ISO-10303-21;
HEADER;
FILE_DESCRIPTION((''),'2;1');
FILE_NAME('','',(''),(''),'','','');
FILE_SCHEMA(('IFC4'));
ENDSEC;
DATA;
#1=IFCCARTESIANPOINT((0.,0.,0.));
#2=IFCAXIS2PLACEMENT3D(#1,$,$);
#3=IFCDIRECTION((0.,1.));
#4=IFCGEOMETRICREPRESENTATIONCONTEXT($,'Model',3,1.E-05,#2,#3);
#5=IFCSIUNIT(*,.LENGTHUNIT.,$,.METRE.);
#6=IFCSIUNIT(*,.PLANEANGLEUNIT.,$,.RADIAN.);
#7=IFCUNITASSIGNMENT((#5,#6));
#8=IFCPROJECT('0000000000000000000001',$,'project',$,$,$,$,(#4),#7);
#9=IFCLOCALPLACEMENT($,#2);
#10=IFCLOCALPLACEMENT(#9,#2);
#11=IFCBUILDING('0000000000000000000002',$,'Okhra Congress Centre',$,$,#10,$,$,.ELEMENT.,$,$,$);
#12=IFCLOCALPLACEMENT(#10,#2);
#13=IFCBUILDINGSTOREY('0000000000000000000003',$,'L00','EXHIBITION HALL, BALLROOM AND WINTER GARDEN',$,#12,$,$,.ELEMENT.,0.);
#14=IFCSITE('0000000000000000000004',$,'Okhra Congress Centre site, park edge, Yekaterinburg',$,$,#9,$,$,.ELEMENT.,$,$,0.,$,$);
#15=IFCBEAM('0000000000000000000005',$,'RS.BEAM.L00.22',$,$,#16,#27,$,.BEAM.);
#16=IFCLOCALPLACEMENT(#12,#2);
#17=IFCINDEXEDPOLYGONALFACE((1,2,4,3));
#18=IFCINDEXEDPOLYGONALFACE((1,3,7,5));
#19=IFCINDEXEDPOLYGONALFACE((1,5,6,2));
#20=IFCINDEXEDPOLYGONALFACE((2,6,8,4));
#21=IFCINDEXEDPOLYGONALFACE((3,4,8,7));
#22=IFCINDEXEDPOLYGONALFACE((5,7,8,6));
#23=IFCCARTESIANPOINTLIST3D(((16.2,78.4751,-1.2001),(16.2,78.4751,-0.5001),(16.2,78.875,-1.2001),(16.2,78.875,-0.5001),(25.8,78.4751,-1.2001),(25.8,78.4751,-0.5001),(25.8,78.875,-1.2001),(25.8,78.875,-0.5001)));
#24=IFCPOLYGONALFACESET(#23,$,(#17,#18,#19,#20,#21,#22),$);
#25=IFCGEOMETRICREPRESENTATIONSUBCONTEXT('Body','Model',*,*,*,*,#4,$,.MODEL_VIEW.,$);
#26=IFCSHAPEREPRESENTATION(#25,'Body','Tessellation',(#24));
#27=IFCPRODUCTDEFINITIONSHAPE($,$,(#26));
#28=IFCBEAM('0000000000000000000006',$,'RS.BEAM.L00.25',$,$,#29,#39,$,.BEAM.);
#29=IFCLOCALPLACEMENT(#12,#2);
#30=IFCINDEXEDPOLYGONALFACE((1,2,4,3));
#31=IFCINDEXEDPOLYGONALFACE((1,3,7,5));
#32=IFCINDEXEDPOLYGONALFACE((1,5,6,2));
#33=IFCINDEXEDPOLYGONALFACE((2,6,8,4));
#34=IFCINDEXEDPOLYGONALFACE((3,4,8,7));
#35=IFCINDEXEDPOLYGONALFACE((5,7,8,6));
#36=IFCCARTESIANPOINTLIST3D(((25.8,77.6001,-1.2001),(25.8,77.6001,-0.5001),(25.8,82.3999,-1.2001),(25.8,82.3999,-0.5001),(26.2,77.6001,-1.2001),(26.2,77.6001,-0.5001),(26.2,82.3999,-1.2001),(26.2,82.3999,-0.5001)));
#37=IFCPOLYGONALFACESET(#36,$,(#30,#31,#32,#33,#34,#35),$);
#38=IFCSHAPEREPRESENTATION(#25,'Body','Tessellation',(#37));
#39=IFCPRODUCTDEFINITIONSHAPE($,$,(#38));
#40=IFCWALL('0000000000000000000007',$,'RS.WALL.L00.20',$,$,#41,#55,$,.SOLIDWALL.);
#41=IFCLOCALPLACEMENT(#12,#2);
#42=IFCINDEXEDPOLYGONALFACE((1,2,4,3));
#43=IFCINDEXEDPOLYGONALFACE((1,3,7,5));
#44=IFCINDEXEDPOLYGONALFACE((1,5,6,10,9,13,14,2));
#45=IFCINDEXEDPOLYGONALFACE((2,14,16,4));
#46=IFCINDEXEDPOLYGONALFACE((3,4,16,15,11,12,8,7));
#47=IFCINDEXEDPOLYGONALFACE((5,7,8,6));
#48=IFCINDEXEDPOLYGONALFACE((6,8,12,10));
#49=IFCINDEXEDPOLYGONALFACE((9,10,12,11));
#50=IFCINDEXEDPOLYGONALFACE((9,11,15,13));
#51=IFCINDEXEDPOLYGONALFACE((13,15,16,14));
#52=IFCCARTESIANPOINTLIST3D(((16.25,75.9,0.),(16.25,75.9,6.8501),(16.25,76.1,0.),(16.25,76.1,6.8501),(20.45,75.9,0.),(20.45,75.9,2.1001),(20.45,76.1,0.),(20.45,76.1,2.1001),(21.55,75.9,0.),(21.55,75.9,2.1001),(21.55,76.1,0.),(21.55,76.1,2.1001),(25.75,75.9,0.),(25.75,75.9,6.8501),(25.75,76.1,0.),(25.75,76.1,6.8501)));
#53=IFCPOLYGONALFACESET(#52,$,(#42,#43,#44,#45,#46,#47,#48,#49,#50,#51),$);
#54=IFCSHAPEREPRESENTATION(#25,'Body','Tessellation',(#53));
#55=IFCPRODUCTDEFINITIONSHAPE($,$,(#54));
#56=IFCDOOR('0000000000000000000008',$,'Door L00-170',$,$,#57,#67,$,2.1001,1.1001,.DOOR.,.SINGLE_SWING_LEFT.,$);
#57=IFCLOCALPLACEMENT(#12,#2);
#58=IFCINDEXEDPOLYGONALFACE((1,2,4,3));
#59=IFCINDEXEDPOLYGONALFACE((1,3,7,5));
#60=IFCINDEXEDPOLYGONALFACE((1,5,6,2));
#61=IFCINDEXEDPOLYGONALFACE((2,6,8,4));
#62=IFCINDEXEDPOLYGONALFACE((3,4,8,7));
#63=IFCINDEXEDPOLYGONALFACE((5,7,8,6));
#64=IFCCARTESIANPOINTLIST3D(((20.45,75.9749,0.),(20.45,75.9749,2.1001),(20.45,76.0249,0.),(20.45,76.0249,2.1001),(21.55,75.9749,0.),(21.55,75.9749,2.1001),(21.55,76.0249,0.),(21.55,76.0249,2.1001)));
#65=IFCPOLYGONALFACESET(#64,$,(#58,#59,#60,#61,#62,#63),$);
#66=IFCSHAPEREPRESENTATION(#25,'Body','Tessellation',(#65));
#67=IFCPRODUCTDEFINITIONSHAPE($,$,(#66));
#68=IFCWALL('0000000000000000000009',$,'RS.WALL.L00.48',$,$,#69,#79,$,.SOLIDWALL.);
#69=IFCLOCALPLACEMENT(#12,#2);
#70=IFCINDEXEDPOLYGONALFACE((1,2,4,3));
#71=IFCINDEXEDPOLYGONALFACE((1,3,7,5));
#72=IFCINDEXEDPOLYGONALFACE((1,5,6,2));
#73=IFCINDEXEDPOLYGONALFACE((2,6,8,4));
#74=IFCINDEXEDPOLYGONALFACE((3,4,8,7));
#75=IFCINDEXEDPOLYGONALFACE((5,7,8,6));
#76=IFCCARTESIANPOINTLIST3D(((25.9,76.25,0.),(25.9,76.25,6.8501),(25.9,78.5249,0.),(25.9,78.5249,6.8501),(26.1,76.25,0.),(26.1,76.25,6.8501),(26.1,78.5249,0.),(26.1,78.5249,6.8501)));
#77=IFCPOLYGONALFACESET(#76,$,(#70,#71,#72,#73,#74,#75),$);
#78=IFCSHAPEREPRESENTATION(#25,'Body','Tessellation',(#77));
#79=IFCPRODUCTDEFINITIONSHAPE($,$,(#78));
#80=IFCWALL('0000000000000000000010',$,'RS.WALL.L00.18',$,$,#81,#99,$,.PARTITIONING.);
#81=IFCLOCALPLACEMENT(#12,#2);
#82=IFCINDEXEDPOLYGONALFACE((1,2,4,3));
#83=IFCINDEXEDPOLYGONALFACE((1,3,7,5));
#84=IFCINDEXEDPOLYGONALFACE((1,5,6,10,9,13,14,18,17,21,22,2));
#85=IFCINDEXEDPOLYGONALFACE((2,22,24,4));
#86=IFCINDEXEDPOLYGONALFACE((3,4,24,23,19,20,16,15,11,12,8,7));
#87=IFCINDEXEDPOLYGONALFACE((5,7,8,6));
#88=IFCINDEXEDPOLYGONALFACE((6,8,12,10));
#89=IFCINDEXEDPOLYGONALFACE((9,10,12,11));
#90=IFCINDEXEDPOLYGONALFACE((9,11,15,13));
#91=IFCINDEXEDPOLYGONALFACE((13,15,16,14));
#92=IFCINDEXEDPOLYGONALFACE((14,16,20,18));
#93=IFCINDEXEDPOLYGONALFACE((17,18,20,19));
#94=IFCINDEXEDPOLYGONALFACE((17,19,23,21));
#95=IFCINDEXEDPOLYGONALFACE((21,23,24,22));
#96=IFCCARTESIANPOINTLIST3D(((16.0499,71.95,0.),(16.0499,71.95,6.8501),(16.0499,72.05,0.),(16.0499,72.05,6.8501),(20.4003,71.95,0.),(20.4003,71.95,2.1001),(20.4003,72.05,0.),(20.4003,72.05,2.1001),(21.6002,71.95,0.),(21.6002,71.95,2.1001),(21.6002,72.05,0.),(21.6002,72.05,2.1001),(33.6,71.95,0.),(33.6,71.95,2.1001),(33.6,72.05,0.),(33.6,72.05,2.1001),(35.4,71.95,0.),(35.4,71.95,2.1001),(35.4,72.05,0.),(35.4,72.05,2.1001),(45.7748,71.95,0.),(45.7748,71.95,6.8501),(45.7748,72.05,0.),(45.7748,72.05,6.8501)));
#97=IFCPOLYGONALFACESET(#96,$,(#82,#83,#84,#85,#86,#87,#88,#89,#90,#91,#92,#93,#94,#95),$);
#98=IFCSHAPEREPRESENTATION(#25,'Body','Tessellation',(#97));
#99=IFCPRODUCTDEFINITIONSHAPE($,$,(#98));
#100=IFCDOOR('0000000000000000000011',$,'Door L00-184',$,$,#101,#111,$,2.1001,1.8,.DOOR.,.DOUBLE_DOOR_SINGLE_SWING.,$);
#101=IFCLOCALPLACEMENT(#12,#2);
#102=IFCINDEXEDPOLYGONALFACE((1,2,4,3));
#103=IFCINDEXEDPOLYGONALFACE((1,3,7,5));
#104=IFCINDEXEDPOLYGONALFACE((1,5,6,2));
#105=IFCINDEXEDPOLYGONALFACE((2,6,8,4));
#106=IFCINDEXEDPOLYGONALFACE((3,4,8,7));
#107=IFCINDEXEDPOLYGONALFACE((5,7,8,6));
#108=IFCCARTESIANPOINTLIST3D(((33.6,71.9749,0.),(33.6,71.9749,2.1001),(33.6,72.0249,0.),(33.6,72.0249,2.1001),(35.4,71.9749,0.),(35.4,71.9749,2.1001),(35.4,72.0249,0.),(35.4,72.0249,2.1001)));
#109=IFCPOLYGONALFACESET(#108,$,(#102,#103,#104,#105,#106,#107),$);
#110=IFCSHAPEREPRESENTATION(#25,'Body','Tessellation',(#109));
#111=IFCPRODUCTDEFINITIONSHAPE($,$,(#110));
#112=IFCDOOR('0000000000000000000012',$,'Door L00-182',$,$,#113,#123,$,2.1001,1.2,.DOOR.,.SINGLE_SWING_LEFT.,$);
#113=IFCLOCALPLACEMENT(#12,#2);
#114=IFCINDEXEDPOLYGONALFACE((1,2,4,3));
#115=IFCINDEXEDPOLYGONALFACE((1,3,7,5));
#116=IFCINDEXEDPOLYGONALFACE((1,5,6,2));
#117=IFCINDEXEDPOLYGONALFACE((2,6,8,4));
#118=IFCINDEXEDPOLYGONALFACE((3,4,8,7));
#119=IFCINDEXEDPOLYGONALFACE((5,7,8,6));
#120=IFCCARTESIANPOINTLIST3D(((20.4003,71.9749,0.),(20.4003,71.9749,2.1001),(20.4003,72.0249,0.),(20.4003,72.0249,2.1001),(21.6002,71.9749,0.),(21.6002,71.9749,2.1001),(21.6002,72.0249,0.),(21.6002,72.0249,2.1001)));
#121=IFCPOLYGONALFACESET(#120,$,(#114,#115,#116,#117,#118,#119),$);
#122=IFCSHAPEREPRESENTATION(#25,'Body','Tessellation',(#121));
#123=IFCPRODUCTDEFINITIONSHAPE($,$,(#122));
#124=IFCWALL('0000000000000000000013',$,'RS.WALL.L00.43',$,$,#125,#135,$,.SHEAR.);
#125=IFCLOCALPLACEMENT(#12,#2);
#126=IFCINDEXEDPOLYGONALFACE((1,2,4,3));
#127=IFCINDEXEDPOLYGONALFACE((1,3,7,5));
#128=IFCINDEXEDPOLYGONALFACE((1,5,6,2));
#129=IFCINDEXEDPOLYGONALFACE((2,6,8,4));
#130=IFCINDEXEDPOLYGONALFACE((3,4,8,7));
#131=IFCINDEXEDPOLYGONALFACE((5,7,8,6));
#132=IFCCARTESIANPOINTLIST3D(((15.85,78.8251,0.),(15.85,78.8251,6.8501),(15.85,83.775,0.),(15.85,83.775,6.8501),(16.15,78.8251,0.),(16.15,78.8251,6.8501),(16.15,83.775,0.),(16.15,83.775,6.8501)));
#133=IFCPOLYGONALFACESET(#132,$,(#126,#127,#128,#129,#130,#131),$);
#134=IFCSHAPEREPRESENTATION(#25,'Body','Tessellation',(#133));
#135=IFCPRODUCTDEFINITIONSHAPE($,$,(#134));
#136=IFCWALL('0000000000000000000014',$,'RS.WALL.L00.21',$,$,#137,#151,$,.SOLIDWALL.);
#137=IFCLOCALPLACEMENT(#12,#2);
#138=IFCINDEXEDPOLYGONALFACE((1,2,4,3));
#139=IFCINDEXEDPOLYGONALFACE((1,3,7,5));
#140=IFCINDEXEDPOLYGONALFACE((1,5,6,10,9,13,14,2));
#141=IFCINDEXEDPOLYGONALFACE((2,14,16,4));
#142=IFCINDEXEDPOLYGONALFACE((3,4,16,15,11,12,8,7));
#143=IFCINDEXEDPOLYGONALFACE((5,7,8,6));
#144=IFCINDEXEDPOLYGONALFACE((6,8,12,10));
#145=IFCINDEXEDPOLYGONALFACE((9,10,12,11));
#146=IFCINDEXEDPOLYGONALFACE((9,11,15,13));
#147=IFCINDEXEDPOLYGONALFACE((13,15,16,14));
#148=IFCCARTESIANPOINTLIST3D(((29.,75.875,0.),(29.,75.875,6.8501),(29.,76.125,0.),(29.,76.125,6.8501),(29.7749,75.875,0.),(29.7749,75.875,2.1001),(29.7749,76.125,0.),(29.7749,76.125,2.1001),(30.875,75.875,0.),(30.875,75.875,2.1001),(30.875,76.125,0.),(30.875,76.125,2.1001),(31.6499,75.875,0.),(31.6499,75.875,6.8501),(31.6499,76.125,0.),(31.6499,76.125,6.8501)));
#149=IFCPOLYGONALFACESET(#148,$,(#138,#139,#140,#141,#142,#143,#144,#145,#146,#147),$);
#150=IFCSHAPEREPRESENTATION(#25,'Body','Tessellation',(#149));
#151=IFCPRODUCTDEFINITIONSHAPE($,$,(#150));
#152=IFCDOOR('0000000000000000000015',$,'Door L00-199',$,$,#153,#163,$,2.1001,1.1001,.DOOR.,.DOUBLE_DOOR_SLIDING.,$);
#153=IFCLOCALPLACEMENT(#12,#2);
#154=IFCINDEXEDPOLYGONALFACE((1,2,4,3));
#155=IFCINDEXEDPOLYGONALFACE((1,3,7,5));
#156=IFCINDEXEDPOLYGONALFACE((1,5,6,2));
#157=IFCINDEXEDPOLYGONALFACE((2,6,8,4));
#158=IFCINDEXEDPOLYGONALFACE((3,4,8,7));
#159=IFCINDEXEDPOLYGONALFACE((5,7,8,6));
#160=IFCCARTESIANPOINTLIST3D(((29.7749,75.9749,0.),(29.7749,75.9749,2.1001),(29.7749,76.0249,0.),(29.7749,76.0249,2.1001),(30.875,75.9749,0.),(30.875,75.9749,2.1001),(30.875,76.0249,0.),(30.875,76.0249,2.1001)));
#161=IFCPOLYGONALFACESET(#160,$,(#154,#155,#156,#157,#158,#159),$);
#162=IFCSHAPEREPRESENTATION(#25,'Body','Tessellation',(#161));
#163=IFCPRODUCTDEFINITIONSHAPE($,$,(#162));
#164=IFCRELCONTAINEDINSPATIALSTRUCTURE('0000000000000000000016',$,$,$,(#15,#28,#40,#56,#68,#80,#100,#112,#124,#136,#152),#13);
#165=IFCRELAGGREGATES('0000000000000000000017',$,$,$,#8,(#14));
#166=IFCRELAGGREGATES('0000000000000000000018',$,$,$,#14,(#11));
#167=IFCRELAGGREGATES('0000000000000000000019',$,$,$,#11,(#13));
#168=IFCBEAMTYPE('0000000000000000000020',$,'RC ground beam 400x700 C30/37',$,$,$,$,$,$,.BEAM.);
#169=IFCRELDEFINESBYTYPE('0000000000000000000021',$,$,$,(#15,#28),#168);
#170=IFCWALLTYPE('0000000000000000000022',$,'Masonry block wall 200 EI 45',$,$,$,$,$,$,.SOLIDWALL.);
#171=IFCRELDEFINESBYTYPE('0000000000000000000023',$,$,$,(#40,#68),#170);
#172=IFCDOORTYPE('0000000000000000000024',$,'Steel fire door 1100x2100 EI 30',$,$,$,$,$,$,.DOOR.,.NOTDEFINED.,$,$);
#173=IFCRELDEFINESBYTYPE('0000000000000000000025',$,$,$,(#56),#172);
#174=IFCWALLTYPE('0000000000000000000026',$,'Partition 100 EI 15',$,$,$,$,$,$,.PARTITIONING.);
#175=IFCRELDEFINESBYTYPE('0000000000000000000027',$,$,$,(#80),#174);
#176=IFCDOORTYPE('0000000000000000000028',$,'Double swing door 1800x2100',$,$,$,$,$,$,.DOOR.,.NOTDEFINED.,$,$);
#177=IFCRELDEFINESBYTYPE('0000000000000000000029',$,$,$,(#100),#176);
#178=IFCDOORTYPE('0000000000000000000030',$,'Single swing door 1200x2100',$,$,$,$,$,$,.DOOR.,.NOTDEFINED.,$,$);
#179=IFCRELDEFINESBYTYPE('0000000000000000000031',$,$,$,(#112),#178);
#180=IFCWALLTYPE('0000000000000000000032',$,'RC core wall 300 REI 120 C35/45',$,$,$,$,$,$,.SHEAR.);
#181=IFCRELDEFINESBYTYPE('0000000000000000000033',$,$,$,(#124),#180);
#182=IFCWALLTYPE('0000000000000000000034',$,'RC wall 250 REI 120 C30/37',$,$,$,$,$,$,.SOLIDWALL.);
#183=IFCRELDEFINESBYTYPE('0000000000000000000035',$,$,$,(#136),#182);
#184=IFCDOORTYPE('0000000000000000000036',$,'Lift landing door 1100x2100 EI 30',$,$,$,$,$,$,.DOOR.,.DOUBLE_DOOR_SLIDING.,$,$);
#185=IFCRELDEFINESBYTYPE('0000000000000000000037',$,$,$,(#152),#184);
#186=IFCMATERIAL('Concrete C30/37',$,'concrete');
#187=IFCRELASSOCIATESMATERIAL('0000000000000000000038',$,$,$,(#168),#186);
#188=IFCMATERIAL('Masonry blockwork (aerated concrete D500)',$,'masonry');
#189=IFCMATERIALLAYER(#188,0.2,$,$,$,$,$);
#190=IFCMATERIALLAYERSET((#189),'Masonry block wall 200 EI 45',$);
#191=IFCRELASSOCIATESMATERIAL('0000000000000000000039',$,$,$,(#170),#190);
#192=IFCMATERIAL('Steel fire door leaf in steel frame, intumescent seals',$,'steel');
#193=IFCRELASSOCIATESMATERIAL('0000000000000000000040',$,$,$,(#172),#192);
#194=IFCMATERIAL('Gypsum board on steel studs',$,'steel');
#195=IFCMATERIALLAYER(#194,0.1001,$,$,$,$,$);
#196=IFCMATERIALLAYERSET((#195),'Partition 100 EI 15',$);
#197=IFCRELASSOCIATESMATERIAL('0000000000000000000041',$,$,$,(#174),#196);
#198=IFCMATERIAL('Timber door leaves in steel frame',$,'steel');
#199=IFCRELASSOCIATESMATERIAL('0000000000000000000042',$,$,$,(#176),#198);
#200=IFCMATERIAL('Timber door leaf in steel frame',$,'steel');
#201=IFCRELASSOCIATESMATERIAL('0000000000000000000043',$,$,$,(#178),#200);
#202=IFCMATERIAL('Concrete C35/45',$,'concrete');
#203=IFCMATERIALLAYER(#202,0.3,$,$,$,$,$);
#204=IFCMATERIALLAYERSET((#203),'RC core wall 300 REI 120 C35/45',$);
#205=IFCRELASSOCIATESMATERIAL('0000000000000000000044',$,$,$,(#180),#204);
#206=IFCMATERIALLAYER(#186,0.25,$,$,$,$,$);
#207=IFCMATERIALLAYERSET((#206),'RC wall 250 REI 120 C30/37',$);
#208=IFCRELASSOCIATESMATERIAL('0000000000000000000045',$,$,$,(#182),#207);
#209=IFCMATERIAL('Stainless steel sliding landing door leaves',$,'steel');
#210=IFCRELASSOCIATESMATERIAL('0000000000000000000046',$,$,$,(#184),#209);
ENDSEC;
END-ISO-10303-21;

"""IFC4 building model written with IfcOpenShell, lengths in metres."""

from ifc_helpers import new_model, si_unit, direction, frame, frame_2d, origin, origin_2d, place, context, subcontext, project, spatial, rectangle, extrude, material, layer, layer_set, material_profile, profile_set, type_object, element, fill, save


model = new_model("IFC4")

# Units and contexts
model_context = context("Model", 3, precision=1e-05, world=origin(), true_north=direction((0.0, 1.0)))
body_context = subcontext(model_context, "Body", "Model", "MODEL_VIEW")
ifc_project = project(units=[si_unit("LENGTHUNIT", "METRE"), si_unit("PLANEANGLEUNIT", "RADIAN")], contexts=[model_context])

# Site, building, storey
site_placement = place(None, origin())
site = spatial("IfcSite", under=ifc_project, at=site_placement, Name="Okhra Congress Centre site, park edge, Yekaterinburg", CompositionType="ELEMENT", RefElevation=0.0)
building_placement = place(site_placement, origin())
building = spatial("IfcBuilding", under=site, at=building_placement, Name="Okhra Congress Centre", CompositionType="ELEMENT")
storey_placement = place(building_placement, origin())
storey = spatial("IfcBuildingStorey", under=building, at=storey_placement, Name="L00", Description="EXHIBITION HALL, BALLROOM AND WINTER GARDEN", CompositionType="ELEMENT", Elevation=0.0)

# Shared definitions
ifc_material_1 = material(Name="Concrete C30/37", Category="concrete")

# Shared definitions
ifc_material_2 = material(Name="Concrete C35/45", Category="concrete")

# Beams
ifc_material_profile_1 = material_profile(ifc_material_1, rectangle(XDim=0.3999, YDim=0.7, at=origin_2d()), Name="RC 400x700")
ifc_profile_set_1 = profile_set([ifc_material_profile_1], Name="Concrete C30/37")
beam_type = type_object("IfcBeamType", Name="RC ground beam 400x700 C30/37", PredefinedType="BEAM", material=ifc_profile_set_1)
beam_1_placement = place(storey_placement, frame((16.2, 78.675, -0.8501), z_axis=(1.0, 0.0, 0.0), x_axis=(0.0, 1.0, 0.0)))
element("IfcBeam", 1, at=beam_1_placement, inside=storey, type_object=beam_type, Name="RS.BEAM.L00.22", PredefinedType="BEAM", context=body_context, shape_type="SweptSolid", body=[
    extrude(rectangle(XDim=0.3999, YDim=0.7, at=origin_2d()), origin(), (0.0, 0.0, 1.0), 9.6001),
])
beam_2_placement = place(storey_placement, frame((26.0, 77.6001, -0.8501), z_axis=(0.0, 1.0, 0.0), x_axis=(-1.0, 0.0, 0.0)))
element("IfcBeam", 2, at=beam_2_placement, inside=storey, type_object=beam_type, Name="RS.BEAM.L00.25", PredefinedType="BEAM", context=body_context, shape_type="SweptSolid", body=[
    extrude(rectangle(XDim=0.3999, YDim=0.7, at=origin_2d()), origin(), (0.0, 0.0, 1.0), 4.7998),
])

# Wall, opening, door
ifc_material_3 = material(Name="Masonry blockwork (aerated concrete D500)", Category="masonry")
ifc_layer_1 = layer(ifc_material_3, 0.2)
ifc_layer_set_1 = layer_set([ifc_layer_1], Name="Masonry block wall 200 EI 45")
wall_type_1 = type_object("IfcWallType", Name="Masonry block wall 200 EI 45", PredefinedType="SOLIDWALL", material=ifc_layer_set_1)
wall_1_placement = place(storey_placement, frame((16.25, 76.0, 0.0), z_axis=(0.0, 0.0, 1.0), x_axis=(1.0, 0.0, 0.0)))
wall_1 = element("IfcWall", 3, at=wall_1_placement, inside=storey, type_object=wall_type_1, Name="RS.WALL.L00.20", PredefinedType="SOLIDWALL", context=body_context, shape_type="SweptSolid", body=[
    extrude(rectangle(XDim=9.5, YDim=0.2, at=frame_2d((4.75, 0.0))), origin(), (0.0, 0.0, 1.0), 6.8501),
])
opening_1_placement = place(wall_1_placement, frame((4.2, 0.0, 0.0)))
opening_1 = element("IfcOpeningElement", 4, at=opening_1_placement, cuts=wall_1, PredefinedType="OPENING", context=body_context, shape_type="SweptSolid", body=[
    extrude(rectangle(XDim=1.1001, YDim=2.1001, at=frame_2d((0.55, 1.05))), frame((0.0, 0.1099, 0.0), z_axis=(0.0, -1.0, 0.0), x_axis=(1.0, 0.0, 0.0)), (0.0, 0.0, 1.0), 0.22),
])
ifc_material_4 = material(Name="Steel fire door leaf in steel frame, intumescent seals", Category="steel")
door_type_1 = type_object("IfcDoorType", Name="Steel fire door 1100x2100 EI 30", OperationType="NOTDEFINED", PredefinedType="DOOR", material=ifc_material_4)
door_1_placement = place(opening_1_placement, origin())
door_1 = element("IfcDoor", 5, at=door_1_placement, inside=storey, type_object=door_type_1, Name="Door L00-170", OperationType="SINGLE_SWING_LEFT", OverallHeight=2.1001, OverallWidth=1.1001, PredefinedType="DOOR", context=body_context, shape_type="SweptSolid", body=[
    extrude(rectangle(XDim=1.1001, YDim=2.1001, at=frame_2d((0.55, 1.05))), frame((0.0, 0.0249, 0.0), z_axis=(0.0, -1.0, 0.0), x_axis=(1.0, 0.0, 0.0)), (0.0, 0.0, 1.0), 0.05),
])
fill(opening_1, door_1)

# Wall
wall_2_placement = place(storey_placement, frame((26.0, 76.25, 0.0), z_axis=(0.0, 0.0, 1.0), x_axis=(0.0, 1.0, 0.0)))
element("IfcWall", 6, at=wall_2_placement, inside=storey, type_object=wall_type_1, Name="RS.WALL.L00.48", PredefinedType="SOLIDWALL", context=body_context, shape_type="SweptSolid", body=[
    extrude(rectangle(XDim=2.2749, YDim=0.2, at=frame_2d((1.1375, 0.0))), origin(), (0.0, 0.0, 1.0), 6.8501),
])

# Wall, openings, doors
ifc_material_5 = material(Name="Gypsum board on steel studs", Category="steel")
ifc_layer_2 = layer(ifc_material_5, 0.1001)
ifc_layer_set_2 = layer_set([ifc_layer_2], Name="Partition 100 EI 15")
wall_type_2 = type_object("IfcWallType", Name="Partition 100 EI 15", PredefinedType="PARTITIONING", material=ifc_layer_set_2)
wall_3_placement = place(storey_placement, frame((16.05, 72.0, 0.0), z_axis=(0.0, 0.0, 1.0), x_axis=(1.0, 0.0, 0.0)))
wall_3 = element("IfcWall", 7, at=wall_3_placement, inside=storey, type_object=wall_type_2, Name="RS.WALL.L00.18", PredefinedType="PARTITIONING", context=body_context, shape_type="SweptSolid", body=[
    extrude(rectangle(XDim=29.7249, YDim=0.1001, at=frame_2d((14.8623, 0.0))), origin(), (0.0, 0.0, 1.0), 6.8501),
])
opening_2_placement = place(wall_3_placement, frame((4.3501, 0.0, 0.0)))
opening_2 = element("IfcOpeningElement", 8, at=opening_2_placement, cuts=wall_3, PredefinedType="OPENING", context=body_context, shape_type="SweptSolid", body=[
    extrude(rectangle(XDim=1.2, YDim=2.1001, at=frame_2d((0.6001, 1.05))), frame((0.0, 0.0601, 0.0), z_axis=(0.0, -1.0, 0.0), x_axis=(1.0, 0.0, 0.0)), (0.0, 0.0, 1.0), 0.1201),
])
opening_3_placement = place(wall_3_placement, frame((17.55, 0.0, 0.0)))
opening_3 = element("IfcOpeningElement", 9, at=opening_3_placement, cuts=wall_3, PredefinedType="OPENING", context=body_context, shape_type="SweptSolid", body=[
    extrude(rectangle(XDim=1.8, YDim=2.1001, at=frame_2d((0.8999, 1.05))), frame((0.0, 0.0601, 0.0), z_axis=(0.0, -1.0, 0.0), x_axis=(1.0, 0.0, 0.0)), (0.0, 0.0, 1.0), 0.1201),
])
ifc_material_6 = material(Name="Timber door leaves in steel frame", Category="steel")
door_type_2 = type_object("IfcDoorType", Name="Double swing door 1800x2100", OperationType="NOTDEFINED", PredefinedType="DOOR", material=ifc_material_6)
door_2_placement = place(opening_3_placement, origin())
door_2 = element("IfcDoor", 10, at=door_2_placement, inside=storey, type_object=door_type_2, Name="Door L00-184", OperationType="DOUBLE_DOOR_SINGLE_SWING", OverallHeight=2.1001, OverallWidth=1.8, PredefinedType="DOOR", context=body_context, shape_type="SweptSolid", body=[
    extrude(rectangle(XDim=1.8, YDim=2.1001, at=frame_2d((0.8999, 1.05))), frame((0.0, 0.0249, 0.0), z_axis=(0.0, -1.0, 0.0), x_axis=(1.0, 0.0, 0.0)), (0.0, 0.0, 1.0), 0.05),
])
fill(opening_3, door_2)
ifc_material_7 = material(Name="Timber door leaf in steel frame", Category="steel")
door_type_3 = type_object("IfcDoorType", Name="Single swing door 1200x2100", OperationType="NOTDEFINED", PredefinedType="DOOR", material=ifc_material_7)
door_3_placement = place(opening_2_placement, origin())
door_3 = element("IfcDoor", 11, at=door_3_placement, inside=storey, type_object=door_type_3, Name="Door L00-182", OperationType="SINGLE_SWING_LEFT", OverallHeight=2.1001, OverallWidth=1.2, PredefinedType="DOOR", context=body_context, shape_type="SweptSolid", body=[
    extrude(rectangle(XDim=1.2, YDim=2.1001, at=frame_2d((0.6001, 1.05))), frame((0.0, 0.0249, 0.0), z_axis=(0.0, -1.0, 0.0), x_axis=(1.0, 0.0, 0.0)), (0.0, 0.0, 1.0), 0.05),
])
fill(opening_2, door_3)

# Wall
ifc_layer_3 = layer(ifc_material_2, 0.3)
ifc_layer_set_3 = layer_set([ifc_layer_3], Name="RC core wall 300 REI 120 C35/45")
wall_type_3 = type_object("IfcWallType", Name="RC core wall 300 REI 120 C35/45", PredefinedType="SHEAR", material=ifc_layer_set_3)
wall_4_placement = place(storey_placement, frame((16.0, 78.825, 0.0), z_axis=(0.0, 0.0, 1.0), x_axis=(0.0, 1.0, 0.0)))
element("IfcWall", 12, at=wall_4_placement, inside=storey, type_object=wall_type_3, Name="RS.WALL.L00.43", PredefinedType="SHEAR", context=body_context, shape_type="SweptSolid", body=[
    extrude(rectangle(XDim=4.95, YDim=0.3, at=frame_2d((2.4751, 0.0))), origin(), (0.0, 0.0, 1.0), 6.8501),
])

# Wall, opening, door
ifc_layer_4 = layer(ifc_material_1, 0.25)
ifc_layer_set_4 = layer_set([ifc_layer_4], Name="RC wall 250 REI 120 C30/37")
wall_type_4 = type_object("IfcWallType", Name="RC wall 250 REI 120 C30/37", PredefinedType="SOLIDWALL", material=ifc_layer_set_4)
wall_5_placement = place(storey_placement, frame((29.0, 76.0, 0.0), z_axis=(0.0, 0.0, 1.0), x_axis=(1.0, 0.0, 0.0)))
wall_5 = element("IfcWall", 13, at=wall_5_placement, inside=storey, type_object=wall_type_4, Name="RS.WALL.L00.21", PredefinedType="SOLIDWALL", context=body_context, shape_type="SweptSolid", body=[
    extrude(rectangle(XDim=2.6499, YDim=0.25, at=frame_2d((1.325, 0.0))), origin(), (0.0, 0.0, 1.0), 6.8501),
])
opening_4_placement = place(wall_5_placement, frame((0.7749, 0.0, 0.0)))
opening_4 = element("IfcOpeningElement", 14, at=opening_4_placement, cuts=wall_5, PredefinedType="OPENING", context=body_context, shape_type="SweptSolid", body=[
    extrude(rectangle(XDim=1.1001, YDim=2.1001, at=frame_2d((0.55, 1.05))), frame((0.0, 0.135, 0.0), z_axis=(0.0, -1.0, 0.0), x_axis=(1.0, 0.0, 0.0)), (0.0, 0.0, 1.0), 0.27),
])
ifc_material_8 = material(Name="Stainless steel sliding landing door leaves", Category="steel")
door_type_4 = type_object("IfcDoorType", Name="Lift landing door 1100x2100 EI 30", OperationType="DOUBLE_DOOR_SLIDING", PredefinedType="DOOR", material=ifc_material_8)
door_4_placement = place(opening_4_placement, origin())
door_4 = element("IfcDoor", 15, at=door_4_placement, inside=storey, type_object=door_type_4, Name="Door L00-199", OperationType="DOUBLE_DOOR_SLIDING", OverallHeight=2.1001, OverallWidth=1.1001, PredefinedType="DOOR", context=body_context, shape_type="SweptSolid", body=[
    extrude(rectangle(XDim=1.1001, YDim=2.1001, at=frame_2d((0.55, 1.05))), frame((0.0, 0.0249, 0.0), z_axis=(0.0, -1.0, 0.0), x_axis=(1.0, 0.0, 0.0)), (0.0, 0.0, 1.0), 0.05),
])
fill(opening_4, door_4)

save(model, "model.ifc")
